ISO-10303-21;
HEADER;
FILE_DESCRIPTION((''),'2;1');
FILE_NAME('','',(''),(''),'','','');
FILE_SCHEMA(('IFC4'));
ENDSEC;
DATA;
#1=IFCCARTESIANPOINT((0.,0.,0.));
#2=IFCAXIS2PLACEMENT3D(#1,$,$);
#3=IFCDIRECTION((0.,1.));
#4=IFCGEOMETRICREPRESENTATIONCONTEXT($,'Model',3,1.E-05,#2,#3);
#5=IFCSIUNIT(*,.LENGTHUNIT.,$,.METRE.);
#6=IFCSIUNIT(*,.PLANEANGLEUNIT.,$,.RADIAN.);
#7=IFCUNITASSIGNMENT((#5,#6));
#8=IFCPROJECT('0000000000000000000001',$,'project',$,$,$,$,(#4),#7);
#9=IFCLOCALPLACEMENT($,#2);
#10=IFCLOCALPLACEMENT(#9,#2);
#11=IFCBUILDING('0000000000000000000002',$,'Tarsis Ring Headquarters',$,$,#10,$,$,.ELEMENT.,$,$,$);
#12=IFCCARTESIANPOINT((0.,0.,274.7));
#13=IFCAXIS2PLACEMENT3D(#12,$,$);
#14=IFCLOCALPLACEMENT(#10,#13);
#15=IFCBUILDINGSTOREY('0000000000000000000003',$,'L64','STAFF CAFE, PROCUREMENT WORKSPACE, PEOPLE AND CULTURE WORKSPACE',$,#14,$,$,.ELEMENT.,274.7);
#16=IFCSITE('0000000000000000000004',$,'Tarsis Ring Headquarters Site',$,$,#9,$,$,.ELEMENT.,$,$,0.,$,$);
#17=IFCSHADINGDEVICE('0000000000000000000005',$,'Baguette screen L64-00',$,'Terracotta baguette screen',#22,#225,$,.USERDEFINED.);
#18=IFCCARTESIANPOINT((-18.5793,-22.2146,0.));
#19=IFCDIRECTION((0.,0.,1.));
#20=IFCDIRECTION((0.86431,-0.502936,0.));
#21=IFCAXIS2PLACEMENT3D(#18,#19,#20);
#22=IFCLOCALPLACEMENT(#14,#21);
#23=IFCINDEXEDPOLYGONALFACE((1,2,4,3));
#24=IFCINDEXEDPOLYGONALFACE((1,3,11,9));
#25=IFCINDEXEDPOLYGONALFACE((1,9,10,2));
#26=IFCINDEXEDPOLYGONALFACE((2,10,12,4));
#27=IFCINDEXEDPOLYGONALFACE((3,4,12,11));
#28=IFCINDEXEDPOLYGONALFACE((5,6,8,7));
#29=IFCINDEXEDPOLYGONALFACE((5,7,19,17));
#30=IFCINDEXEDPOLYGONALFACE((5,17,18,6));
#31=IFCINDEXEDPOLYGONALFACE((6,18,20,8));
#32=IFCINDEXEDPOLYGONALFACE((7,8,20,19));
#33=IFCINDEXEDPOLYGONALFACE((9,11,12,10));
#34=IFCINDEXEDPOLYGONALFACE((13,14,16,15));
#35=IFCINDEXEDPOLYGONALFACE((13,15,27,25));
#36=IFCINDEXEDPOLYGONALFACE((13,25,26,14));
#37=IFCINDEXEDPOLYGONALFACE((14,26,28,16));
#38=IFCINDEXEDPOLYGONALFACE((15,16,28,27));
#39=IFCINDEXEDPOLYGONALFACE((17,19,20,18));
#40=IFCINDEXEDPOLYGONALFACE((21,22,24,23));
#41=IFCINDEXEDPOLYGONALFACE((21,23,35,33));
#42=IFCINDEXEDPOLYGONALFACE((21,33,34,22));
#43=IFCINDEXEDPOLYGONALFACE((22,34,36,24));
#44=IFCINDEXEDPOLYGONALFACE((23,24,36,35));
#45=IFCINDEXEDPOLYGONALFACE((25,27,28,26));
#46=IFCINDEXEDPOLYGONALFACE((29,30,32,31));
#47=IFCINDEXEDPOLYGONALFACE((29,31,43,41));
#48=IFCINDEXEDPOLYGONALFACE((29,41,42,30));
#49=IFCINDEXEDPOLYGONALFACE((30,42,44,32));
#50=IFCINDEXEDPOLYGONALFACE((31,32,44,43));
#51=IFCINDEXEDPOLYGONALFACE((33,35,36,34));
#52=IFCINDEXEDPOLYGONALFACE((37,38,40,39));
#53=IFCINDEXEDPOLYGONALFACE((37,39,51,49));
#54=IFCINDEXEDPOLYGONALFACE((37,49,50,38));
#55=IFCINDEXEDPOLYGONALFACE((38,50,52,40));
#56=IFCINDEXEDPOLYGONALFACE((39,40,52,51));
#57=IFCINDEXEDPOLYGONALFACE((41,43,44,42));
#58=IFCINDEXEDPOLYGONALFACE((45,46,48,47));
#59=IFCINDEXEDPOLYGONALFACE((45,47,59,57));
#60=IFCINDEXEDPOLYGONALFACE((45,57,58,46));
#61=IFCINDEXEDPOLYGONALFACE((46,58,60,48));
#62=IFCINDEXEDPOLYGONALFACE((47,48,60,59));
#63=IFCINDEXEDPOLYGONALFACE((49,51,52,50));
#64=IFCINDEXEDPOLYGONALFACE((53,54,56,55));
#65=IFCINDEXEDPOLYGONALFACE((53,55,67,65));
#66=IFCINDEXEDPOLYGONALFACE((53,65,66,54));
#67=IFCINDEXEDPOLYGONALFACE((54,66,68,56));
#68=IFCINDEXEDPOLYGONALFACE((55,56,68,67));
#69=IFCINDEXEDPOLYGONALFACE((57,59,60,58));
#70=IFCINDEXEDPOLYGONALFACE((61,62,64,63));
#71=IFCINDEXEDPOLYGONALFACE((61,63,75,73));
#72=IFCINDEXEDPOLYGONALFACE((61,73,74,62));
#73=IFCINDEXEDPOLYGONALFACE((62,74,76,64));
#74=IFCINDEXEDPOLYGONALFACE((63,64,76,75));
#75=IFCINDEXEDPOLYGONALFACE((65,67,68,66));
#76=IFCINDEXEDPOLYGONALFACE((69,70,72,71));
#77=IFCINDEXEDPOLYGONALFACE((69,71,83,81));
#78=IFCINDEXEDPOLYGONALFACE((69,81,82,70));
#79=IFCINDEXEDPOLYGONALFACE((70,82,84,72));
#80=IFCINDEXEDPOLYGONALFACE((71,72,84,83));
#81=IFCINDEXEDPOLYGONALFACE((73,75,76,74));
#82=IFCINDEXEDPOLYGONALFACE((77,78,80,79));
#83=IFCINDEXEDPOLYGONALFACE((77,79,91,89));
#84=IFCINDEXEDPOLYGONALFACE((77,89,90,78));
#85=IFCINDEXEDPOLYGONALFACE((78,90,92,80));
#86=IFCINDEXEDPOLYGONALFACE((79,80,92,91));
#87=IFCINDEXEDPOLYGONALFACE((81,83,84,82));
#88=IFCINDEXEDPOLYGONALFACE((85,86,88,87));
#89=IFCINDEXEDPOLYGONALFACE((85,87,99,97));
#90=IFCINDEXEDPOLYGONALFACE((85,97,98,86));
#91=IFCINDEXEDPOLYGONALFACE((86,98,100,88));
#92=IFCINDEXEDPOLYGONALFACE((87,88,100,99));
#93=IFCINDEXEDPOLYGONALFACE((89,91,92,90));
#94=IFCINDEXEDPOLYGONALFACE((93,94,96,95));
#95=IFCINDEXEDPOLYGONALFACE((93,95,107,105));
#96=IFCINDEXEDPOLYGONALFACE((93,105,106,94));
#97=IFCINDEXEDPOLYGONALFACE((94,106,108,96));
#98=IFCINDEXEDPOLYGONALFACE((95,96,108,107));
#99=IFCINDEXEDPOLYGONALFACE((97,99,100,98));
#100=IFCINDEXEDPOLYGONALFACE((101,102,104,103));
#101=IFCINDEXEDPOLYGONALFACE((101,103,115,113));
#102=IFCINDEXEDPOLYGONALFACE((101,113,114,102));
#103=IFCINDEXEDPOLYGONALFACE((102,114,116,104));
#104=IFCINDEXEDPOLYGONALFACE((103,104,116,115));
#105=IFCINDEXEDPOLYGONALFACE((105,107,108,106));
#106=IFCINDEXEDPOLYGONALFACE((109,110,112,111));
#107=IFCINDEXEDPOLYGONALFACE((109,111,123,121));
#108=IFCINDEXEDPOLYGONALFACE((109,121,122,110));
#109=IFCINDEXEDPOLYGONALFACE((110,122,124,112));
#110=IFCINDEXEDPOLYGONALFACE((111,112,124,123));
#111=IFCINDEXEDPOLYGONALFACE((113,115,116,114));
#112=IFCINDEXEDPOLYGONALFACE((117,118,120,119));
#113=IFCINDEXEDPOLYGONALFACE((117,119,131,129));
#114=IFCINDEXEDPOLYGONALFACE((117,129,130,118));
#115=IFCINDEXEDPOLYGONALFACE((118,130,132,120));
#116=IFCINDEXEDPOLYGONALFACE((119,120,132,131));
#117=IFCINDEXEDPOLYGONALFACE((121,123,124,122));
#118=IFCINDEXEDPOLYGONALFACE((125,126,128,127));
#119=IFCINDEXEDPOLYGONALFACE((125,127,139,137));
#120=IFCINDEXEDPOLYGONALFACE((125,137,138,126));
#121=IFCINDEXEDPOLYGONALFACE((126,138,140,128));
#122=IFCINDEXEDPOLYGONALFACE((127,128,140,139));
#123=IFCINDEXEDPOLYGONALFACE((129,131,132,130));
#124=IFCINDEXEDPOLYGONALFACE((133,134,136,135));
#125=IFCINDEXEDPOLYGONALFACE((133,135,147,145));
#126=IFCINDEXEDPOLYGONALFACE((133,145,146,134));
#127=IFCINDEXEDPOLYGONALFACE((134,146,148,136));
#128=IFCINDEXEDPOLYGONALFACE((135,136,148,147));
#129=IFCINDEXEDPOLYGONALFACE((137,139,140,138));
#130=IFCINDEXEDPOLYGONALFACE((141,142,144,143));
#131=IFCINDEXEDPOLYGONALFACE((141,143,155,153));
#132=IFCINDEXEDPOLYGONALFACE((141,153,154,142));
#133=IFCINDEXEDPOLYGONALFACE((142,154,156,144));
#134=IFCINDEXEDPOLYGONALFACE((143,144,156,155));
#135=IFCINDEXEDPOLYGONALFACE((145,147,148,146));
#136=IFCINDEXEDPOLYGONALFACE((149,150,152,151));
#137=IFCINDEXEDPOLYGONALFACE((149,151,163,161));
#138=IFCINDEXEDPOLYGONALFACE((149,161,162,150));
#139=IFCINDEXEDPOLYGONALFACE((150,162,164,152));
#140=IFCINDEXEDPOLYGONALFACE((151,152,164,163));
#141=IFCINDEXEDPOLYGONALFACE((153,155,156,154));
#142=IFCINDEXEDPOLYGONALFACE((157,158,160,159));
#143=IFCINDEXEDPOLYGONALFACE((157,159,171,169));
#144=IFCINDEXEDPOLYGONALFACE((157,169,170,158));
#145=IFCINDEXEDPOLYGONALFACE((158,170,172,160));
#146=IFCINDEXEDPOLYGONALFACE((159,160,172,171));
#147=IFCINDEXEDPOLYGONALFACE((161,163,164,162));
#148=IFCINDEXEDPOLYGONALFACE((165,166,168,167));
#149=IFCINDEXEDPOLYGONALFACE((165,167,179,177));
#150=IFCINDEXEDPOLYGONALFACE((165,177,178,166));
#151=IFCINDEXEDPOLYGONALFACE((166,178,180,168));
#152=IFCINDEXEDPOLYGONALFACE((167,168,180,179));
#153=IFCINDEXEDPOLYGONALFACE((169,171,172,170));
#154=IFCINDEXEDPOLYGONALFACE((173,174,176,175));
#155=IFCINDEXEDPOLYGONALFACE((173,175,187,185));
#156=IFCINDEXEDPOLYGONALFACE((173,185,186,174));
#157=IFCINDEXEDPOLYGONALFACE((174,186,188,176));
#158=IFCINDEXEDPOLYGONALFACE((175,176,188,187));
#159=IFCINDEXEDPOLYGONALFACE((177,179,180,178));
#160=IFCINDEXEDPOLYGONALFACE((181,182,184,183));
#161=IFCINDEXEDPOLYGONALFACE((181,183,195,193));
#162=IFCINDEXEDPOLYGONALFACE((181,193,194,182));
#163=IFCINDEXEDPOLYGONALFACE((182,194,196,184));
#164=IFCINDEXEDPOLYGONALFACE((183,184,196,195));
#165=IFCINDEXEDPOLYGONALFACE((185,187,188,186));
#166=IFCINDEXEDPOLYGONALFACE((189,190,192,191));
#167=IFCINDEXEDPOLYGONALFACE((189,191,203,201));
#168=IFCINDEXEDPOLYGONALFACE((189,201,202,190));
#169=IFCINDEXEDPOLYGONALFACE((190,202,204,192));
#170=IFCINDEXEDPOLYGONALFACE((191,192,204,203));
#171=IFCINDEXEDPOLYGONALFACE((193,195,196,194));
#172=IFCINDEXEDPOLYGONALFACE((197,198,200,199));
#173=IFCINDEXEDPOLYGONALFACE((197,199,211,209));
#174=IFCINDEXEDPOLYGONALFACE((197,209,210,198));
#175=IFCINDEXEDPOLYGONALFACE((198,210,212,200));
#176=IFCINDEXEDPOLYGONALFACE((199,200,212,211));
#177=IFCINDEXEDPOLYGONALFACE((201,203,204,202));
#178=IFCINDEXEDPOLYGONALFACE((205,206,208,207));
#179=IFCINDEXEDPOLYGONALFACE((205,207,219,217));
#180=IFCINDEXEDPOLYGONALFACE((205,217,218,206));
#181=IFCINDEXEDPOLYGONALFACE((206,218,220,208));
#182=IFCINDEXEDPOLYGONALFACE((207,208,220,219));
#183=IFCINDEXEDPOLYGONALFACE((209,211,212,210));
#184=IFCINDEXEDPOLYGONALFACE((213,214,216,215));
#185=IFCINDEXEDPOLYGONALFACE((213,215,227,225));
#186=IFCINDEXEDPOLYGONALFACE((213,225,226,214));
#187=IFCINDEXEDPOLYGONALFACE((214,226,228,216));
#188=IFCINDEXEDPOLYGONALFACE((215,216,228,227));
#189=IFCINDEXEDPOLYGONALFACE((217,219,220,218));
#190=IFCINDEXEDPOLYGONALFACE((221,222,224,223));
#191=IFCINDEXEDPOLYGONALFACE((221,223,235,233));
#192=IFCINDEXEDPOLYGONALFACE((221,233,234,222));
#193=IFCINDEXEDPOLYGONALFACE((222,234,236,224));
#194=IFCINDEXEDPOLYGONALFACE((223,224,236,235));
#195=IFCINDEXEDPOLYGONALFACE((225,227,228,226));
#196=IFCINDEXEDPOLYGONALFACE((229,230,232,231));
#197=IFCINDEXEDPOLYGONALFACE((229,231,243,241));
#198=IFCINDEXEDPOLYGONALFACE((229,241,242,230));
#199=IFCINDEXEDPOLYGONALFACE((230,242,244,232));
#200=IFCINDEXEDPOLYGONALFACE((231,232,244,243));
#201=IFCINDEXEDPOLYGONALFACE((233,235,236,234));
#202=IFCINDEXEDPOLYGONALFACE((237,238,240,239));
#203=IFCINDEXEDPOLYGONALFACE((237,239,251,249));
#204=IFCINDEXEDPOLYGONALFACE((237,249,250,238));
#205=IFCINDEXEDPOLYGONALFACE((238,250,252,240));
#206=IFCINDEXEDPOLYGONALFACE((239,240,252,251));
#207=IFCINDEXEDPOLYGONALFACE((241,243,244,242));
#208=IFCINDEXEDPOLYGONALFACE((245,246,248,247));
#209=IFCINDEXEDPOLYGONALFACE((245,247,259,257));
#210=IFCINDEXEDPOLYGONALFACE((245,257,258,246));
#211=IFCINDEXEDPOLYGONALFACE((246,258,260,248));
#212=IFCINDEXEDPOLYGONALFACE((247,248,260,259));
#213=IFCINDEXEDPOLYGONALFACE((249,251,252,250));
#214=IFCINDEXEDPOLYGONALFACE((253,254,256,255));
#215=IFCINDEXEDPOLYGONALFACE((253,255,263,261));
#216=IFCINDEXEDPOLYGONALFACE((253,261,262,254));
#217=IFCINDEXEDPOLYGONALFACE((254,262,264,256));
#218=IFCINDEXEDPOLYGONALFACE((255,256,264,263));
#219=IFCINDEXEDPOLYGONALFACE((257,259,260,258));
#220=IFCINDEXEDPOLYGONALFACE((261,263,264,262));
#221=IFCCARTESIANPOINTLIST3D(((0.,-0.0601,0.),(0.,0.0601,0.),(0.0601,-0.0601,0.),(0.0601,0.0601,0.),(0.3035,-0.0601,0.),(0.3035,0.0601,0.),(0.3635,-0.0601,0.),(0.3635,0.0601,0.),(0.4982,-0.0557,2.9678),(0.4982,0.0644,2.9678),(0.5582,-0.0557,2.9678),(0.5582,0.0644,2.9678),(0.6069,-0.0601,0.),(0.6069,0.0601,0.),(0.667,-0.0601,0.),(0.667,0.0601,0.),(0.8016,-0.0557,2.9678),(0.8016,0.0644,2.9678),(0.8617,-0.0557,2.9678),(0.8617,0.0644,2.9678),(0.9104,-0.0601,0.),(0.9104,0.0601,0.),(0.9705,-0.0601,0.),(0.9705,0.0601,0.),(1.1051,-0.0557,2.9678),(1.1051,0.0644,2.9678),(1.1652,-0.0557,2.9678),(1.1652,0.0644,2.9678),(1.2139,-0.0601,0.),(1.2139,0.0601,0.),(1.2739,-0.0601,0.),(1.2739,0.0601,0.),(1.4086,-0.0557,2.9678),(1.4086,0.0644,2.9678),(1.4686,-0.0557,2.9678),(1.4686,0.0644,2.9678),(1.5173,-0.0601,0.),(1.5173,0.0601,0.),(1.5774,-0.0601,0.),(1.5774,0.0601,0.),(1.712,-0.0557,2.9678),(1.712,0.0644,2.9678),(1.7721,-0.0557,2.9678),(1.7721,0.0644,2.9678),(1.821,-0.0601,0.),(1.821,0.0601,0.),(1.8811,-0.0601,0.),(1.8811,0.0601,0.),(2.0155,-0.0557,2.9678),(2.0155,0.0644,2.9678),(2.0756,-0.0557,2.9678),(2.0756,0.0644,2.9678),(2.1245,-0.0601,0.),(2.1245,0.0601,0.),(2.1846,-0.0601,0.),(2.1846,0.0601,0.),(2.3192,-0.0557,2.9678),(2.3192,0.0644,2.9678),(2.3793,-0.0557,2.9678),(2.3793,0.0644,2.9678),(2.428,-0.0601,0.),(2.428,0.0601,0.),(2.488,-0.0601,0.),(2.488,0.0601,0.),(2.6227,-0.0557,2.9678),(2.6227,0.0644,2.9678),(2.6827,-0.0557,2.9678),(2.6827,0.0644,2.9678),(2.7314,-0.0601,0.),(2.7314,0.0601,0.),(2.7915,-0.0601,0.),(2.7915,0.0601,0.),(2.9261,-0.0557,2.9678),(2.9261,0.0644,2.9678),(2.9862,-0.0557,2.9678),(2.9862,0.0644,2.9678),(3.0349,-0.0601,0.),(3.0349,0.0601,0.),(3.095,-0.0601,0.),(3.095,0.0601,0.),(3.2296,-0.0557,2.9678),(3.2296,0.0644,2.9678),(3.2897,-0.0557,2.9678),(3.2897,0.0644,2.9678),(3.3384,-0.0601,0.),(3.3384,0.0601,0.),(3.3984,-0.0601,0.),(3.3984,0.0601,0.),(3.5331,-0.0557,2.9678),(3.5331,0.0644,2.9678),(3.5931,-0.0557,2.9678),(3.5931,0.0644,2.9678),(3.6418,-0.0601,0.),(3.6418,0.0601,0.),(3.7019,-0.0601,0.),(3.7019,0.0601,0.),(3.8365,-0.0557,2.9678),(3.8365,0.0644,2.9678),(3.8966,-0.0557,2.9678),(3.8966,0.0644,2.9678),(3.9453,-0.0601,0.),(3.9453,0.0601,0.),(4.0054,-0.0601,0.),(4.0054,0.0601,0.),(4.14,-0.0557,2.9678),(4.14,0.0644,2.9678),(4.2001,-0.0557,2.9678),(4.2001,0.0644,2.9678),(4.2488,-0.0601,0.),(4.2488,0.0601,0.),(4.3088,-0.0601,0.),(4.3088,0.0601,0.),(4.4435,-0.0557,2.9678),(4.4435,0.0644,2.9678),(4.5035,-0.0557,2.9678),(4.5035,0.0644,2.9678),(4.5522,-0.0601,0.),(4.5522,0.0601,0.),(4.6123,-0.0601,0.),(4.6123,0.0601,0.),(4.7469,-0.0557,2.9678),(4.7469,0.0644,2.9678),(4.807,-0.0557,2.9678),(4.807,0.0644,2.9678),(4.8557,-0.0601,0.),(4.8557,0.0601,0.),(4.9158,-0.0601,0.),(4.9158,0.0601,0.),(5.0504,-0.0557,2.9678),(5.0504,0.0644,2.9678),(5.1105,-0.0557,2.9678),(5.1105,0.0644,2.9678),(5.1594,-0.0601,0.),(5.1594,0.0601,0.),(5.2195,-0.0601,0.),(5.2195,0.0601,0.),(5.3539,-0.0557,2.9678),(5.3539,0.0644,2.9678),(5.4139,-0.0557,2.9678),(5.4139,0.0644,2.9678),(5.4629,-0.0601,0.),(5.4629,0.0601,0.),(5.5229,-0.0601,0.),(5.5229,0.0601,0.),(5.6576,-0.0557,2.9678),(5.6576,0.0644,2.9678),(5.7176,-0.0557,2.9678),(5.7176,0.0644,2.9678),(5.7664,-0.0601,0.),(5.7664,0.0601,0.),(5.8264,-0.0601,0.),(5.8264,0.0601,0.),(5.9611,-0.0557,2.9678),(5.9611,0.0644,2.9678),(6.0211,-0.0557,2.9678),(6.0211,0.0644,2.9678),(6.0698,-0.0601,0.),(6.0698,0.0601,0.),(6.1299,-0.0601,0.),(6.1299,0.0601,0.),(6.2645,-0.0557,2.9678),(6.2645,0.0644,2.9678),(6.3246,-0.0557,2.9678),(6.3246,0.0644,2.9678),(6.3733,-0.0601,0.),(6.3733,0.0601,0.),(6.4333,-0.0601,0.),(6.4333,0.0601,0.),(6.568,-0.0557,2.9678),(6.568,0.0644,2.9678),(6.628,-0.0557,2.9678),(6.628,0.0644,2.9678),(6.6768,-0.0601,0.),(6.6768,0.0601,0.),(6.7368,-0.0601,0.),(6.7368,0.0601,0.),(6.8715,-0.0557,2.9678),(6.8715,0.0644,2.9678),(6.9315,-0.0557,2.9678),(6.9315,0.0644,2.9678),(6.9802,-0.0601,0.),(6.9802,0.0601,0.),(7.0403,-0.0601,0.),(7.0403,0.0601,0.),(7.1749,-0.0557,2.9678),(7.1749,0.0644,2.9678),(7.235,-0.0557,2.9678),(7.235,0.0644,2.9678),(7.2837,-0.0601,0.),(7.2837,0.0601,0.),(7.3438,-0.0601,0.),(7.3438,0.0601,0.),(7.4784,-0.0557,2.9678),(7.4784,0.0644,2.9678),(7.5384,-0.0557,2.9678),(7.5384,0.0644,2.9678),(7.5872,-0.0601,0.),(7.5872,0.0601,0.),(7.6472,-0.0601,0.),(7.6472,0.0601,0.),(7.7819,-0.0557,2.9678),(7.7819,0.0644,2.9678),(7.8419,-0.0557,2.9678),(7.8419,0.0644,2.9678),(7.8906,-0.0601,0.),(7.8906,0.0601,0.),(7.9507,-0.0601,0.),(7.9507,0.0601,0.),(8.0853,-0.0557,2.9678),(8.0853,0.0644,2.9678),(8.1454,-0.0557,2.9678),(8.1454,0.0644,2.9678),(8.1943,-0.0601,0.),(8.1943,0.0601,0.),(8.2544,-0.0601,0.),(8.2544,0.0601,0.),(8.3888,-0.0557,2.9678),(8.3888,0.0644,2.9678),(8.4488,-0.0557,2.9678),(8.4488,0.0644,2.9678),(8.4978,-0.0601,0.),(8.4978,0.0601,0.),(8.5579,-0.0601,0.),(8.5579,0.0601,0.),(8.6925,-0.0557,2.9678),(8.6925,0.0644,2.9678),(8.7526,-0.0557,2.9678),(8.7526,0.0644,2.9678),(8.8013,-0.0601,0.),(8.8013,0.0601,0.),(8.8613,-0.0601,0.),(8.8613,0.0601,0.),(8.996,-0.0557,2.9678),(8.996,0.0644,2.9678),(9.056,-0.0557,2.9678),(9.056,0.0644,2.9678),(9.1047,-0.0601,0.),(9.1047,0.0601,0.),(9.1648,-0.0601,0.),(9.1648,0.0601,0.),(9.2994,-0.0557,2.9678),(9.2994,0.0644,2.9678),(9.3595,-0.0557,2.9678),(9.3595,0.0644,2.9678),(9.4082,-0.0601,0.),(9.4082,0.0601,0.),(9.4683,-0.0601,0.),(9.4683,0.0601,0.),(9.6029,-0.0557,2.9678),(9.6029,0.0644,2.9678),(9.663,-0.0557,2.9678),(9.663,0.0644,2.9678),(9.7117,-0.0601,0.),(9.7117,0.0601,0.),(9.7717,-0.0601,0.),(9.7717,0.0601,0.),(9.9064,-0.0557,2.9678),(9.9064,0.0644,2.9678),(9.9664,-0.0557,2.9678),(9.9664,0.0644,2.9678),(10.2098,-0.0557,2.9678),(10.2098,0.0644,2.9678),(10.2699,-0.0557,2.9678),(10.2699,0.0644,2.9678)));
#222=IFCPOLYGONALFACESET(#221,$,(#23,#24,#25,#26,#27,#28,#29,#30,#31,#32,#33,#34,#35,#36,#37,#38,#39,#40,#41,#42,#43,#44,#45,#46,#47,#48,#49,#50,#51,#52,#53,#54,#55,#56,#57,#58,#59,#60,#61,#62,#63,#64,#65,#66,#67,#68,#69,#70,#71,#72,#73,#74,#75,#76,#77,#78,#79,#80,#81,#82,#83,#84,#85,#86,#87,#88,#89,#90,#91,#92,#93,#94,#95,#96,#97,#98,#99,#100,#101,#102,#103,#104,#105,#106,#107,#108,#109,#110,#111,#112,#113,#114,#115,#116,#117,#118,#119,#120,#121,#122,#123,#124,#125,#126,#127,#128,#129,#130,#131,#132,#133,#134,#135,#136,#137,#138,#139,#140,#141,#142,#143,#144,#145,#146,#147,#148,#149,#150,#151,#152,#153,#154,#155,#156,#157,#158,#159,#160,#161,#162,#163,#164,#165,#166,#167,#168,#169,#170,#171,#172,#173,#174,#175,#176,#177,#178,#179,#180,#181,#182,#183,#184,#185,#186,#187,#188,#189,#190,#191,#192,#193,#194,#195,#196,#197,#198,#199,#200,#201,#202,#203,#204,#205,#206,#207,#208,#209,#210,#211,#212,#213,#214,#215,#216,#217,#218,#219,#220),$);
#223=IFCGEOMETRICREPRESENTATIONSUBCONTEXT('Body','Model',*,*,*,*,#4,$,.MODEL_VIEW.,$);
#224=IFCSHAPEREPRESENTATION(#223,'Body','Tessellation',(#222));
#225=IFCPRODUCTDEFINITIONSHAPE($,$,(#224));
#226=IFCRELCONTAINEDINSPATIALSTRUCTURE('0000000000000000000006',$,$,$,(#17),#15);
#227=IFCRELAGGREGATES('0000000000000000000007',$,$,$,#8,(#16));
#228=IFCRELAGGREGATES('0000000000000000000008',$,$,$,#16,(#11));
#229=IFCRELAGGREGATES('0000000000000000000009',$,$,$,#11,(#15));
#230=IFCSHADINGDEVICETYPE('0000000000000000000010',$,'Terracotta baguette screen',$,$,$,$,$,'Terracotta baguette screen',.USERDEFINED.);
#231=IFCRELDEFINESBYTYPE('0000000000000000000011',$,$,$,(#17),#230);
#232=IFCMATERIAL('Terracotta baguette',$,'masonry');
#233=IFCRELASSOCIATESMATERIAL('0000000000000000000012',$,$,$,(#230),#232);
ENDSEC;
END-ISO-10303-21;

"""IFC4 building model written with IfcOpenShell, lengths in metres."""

from ifc_helpers import new_model, si_unit, direction, frame, frame_2d, origin, place, context, subcontext, project, spatial, rectangle, composite_profile, extrude, material, type_object, element, save


model = new_model("IFC4")

# Units and contexts
model_context = context("Model", 3, precision=1e-05, world=origin(), true_north=direction((0.0, 1.0)))
body_context = subcontext(model_context, "Body", "Model", "MODEL_VIEW")
ifc_project = project(units=[si_unit("LENGTHUNIT", "METRE"), si_unit("PLANEANGLEUNIT", "RADIAN")], contexts=[model_context])

# Site, building, storey
site_placement = place(None, origin())
site = spatial("IfcSite", under=ifc_project, at=site_placement, Name="Tarsis Ring Headquarters Site", CompositionType="ELEMENT", RefElevation=0.0)
building_placement = place(site_placement, origin())
building = spatial("IfcBuilding", under=site, at=building_placement, Name="Tarsis Ring Headquarters", CompositionType="ELEMENT")
storey_placement = place(building_placement, frame((0.0, 0.0, 274.7)))
storey = spatial("IfcBuildingStorey", under=building, at=storey_placement, Name="L64", Description="STAFF CAFE, PROCUREMENT WORKSPACE, PEOPLE AND CULTURE WORKSPACE", CompositionType="ELEMENT", Elevation=274.7)

# Shading device
ifc_material_1 = material(Name="Terracotta baguette", Category="masonry")
shading_device_type = type_object("IfcShadingDeviceType", Name="Terracotta baguette screen", ElementType="Terracotta baguette screen", PredefinedType="USERDEFINED", material=ifc_material_1)
shading_device_placement = place(storey_placement, frame((-18.5793, -22.2146, 0.0), z_axis=(0.0, 0.0, 1.0), x_axis=(0.86431, -0.502936, 0.0)))
element("IfcShadingDevice", 1, at=shading_device_placement, inside=storey, type_object=shading_device_type, Name="Baguette screen L64-00", ObjectType="Terracotta baguette screen", PredefinedType="USERDEFINED", context=body_context, shape_type="SweptSolid", body=[
    extrude(composite_profile([rectangle(XDim=0.0601, YDim=0.1201, at=frame_2d((0.03, 0.0))), rectangle(XDim=0.0601, YDim=0.1201, at=frame_2d((0.3335, 0.0))), rectangle(XDim=0.0601, YDim=0.1201, at=frame_2d((0.637, 0.0))), rectangle(XDim=0.0601, YDim=0.1201, at=frame_2d((0.9404, 0.0))), rectangle(XDim=0.0601, YDim=0.1201, at=frame_2d((1.2439, 0.0))), rectangle(XDim=0.0601, YDim=0.1201, at=frame_2d((1.5474, 0.0))), rectangle(XDim=0.0601, YDim=0.1201, at=frame_2d((1.8511, 0.0))), rectangle(XDim=0.0601, YDim=0.1201, at=frame_2d((2.1545, 0.0))), rectangle(XDim=0.0601, YDim=0.1201, at=frame_2d((2.458, 0.0))), rectangle(XDim=0.0601, YDim=0.1201, at=frame_2d((2.7615, 0.0))), rectangle(XDim=0.0601, YDim=0.1201, at=frame_2d((3.0649, 0.0))), rectangle(XDim=0.0601, YDim=0.1201, at=frame_2d((3.3684, 0.0))), rectangle(XDim=0.0601, YDim=0.1201, at=frame_2d((3.6719, 0.0))), rectangle(XDim=0.0601, YDim=0.1201, at=frame_2d((3.9753, 0.0))), rectangle(XDim=0.0601, YDim=0.1201, at=frame_2d((4.2788, 0.0))), rectangle(XDim=0.0601, YDim=0.1201, at=frame_2d((4.5823, 0.0))), rectangle(XDim=0.0601, YDim=0.1201, at=frame_2d((4.8857, 0.0))), rectangle(XDim=0.0601, YDim=0.1201, at=frame_2d((5.1895, 0.0))), rectangle(XDim=0.0601, YDim=0.1201, at=frame_2d((5.4929, 0.0))), rectangle(XDim=0.0601, YDim=0.1201, at=frame_2d((5.7964, 0.0))), rectangle(XDim=0.0601, YDim=0.1201, at=frame_2d((6.0999, 0.0))), rectangle(XDim=0.0601, YDim=0.1201, at=frame_2d((6.4033, 0.0))), rectangle(XDim=0.0601, YDim=0.1201, at=frame_2d((6.7068, 0.0))), rectangle(XDim=0.0601, YDim=0.1201, at=frame_2d((7.0103, 0.0))), rectangle(XDim=0.0601, YDim=0.1201, at=frame_2d((7.3137, 0.0))), rectangle(XDim=0.0601, YDim=0.1201, at=frame_2d((7.6172, 0.0))), rectangle(XDim=0.0601, YDim=0.1201, at=frame_2d((7.9207, 0.0))), rectangle(XDim=0.0601, YDim=0.1201, at=frame_2d((8.2244, 0.0))), rectangle(XDim=0.0601, YDim=0.1201, at=frame_2d((8.5278, 0.0))), rectangle(XDim=0.0601, YDim=0.1201, at=frame_2d((8.8313, 0.0))), rectangle(XDim=0.0601, YDim=0.1201, at=frame_2d((9.1348, 0.0))), rectangle(XDim=0.0601, YDim=0.1201, at=frame_2d((9.4382, 0.0))), rectangle(XDim=0.0601, YDim=0.1201, at=frame_2d((9.7417, 0.0)))]), origin(), (0.165543, 0.001444, 0.986201), 3.0093),
])

save(model, "model.ifc")
